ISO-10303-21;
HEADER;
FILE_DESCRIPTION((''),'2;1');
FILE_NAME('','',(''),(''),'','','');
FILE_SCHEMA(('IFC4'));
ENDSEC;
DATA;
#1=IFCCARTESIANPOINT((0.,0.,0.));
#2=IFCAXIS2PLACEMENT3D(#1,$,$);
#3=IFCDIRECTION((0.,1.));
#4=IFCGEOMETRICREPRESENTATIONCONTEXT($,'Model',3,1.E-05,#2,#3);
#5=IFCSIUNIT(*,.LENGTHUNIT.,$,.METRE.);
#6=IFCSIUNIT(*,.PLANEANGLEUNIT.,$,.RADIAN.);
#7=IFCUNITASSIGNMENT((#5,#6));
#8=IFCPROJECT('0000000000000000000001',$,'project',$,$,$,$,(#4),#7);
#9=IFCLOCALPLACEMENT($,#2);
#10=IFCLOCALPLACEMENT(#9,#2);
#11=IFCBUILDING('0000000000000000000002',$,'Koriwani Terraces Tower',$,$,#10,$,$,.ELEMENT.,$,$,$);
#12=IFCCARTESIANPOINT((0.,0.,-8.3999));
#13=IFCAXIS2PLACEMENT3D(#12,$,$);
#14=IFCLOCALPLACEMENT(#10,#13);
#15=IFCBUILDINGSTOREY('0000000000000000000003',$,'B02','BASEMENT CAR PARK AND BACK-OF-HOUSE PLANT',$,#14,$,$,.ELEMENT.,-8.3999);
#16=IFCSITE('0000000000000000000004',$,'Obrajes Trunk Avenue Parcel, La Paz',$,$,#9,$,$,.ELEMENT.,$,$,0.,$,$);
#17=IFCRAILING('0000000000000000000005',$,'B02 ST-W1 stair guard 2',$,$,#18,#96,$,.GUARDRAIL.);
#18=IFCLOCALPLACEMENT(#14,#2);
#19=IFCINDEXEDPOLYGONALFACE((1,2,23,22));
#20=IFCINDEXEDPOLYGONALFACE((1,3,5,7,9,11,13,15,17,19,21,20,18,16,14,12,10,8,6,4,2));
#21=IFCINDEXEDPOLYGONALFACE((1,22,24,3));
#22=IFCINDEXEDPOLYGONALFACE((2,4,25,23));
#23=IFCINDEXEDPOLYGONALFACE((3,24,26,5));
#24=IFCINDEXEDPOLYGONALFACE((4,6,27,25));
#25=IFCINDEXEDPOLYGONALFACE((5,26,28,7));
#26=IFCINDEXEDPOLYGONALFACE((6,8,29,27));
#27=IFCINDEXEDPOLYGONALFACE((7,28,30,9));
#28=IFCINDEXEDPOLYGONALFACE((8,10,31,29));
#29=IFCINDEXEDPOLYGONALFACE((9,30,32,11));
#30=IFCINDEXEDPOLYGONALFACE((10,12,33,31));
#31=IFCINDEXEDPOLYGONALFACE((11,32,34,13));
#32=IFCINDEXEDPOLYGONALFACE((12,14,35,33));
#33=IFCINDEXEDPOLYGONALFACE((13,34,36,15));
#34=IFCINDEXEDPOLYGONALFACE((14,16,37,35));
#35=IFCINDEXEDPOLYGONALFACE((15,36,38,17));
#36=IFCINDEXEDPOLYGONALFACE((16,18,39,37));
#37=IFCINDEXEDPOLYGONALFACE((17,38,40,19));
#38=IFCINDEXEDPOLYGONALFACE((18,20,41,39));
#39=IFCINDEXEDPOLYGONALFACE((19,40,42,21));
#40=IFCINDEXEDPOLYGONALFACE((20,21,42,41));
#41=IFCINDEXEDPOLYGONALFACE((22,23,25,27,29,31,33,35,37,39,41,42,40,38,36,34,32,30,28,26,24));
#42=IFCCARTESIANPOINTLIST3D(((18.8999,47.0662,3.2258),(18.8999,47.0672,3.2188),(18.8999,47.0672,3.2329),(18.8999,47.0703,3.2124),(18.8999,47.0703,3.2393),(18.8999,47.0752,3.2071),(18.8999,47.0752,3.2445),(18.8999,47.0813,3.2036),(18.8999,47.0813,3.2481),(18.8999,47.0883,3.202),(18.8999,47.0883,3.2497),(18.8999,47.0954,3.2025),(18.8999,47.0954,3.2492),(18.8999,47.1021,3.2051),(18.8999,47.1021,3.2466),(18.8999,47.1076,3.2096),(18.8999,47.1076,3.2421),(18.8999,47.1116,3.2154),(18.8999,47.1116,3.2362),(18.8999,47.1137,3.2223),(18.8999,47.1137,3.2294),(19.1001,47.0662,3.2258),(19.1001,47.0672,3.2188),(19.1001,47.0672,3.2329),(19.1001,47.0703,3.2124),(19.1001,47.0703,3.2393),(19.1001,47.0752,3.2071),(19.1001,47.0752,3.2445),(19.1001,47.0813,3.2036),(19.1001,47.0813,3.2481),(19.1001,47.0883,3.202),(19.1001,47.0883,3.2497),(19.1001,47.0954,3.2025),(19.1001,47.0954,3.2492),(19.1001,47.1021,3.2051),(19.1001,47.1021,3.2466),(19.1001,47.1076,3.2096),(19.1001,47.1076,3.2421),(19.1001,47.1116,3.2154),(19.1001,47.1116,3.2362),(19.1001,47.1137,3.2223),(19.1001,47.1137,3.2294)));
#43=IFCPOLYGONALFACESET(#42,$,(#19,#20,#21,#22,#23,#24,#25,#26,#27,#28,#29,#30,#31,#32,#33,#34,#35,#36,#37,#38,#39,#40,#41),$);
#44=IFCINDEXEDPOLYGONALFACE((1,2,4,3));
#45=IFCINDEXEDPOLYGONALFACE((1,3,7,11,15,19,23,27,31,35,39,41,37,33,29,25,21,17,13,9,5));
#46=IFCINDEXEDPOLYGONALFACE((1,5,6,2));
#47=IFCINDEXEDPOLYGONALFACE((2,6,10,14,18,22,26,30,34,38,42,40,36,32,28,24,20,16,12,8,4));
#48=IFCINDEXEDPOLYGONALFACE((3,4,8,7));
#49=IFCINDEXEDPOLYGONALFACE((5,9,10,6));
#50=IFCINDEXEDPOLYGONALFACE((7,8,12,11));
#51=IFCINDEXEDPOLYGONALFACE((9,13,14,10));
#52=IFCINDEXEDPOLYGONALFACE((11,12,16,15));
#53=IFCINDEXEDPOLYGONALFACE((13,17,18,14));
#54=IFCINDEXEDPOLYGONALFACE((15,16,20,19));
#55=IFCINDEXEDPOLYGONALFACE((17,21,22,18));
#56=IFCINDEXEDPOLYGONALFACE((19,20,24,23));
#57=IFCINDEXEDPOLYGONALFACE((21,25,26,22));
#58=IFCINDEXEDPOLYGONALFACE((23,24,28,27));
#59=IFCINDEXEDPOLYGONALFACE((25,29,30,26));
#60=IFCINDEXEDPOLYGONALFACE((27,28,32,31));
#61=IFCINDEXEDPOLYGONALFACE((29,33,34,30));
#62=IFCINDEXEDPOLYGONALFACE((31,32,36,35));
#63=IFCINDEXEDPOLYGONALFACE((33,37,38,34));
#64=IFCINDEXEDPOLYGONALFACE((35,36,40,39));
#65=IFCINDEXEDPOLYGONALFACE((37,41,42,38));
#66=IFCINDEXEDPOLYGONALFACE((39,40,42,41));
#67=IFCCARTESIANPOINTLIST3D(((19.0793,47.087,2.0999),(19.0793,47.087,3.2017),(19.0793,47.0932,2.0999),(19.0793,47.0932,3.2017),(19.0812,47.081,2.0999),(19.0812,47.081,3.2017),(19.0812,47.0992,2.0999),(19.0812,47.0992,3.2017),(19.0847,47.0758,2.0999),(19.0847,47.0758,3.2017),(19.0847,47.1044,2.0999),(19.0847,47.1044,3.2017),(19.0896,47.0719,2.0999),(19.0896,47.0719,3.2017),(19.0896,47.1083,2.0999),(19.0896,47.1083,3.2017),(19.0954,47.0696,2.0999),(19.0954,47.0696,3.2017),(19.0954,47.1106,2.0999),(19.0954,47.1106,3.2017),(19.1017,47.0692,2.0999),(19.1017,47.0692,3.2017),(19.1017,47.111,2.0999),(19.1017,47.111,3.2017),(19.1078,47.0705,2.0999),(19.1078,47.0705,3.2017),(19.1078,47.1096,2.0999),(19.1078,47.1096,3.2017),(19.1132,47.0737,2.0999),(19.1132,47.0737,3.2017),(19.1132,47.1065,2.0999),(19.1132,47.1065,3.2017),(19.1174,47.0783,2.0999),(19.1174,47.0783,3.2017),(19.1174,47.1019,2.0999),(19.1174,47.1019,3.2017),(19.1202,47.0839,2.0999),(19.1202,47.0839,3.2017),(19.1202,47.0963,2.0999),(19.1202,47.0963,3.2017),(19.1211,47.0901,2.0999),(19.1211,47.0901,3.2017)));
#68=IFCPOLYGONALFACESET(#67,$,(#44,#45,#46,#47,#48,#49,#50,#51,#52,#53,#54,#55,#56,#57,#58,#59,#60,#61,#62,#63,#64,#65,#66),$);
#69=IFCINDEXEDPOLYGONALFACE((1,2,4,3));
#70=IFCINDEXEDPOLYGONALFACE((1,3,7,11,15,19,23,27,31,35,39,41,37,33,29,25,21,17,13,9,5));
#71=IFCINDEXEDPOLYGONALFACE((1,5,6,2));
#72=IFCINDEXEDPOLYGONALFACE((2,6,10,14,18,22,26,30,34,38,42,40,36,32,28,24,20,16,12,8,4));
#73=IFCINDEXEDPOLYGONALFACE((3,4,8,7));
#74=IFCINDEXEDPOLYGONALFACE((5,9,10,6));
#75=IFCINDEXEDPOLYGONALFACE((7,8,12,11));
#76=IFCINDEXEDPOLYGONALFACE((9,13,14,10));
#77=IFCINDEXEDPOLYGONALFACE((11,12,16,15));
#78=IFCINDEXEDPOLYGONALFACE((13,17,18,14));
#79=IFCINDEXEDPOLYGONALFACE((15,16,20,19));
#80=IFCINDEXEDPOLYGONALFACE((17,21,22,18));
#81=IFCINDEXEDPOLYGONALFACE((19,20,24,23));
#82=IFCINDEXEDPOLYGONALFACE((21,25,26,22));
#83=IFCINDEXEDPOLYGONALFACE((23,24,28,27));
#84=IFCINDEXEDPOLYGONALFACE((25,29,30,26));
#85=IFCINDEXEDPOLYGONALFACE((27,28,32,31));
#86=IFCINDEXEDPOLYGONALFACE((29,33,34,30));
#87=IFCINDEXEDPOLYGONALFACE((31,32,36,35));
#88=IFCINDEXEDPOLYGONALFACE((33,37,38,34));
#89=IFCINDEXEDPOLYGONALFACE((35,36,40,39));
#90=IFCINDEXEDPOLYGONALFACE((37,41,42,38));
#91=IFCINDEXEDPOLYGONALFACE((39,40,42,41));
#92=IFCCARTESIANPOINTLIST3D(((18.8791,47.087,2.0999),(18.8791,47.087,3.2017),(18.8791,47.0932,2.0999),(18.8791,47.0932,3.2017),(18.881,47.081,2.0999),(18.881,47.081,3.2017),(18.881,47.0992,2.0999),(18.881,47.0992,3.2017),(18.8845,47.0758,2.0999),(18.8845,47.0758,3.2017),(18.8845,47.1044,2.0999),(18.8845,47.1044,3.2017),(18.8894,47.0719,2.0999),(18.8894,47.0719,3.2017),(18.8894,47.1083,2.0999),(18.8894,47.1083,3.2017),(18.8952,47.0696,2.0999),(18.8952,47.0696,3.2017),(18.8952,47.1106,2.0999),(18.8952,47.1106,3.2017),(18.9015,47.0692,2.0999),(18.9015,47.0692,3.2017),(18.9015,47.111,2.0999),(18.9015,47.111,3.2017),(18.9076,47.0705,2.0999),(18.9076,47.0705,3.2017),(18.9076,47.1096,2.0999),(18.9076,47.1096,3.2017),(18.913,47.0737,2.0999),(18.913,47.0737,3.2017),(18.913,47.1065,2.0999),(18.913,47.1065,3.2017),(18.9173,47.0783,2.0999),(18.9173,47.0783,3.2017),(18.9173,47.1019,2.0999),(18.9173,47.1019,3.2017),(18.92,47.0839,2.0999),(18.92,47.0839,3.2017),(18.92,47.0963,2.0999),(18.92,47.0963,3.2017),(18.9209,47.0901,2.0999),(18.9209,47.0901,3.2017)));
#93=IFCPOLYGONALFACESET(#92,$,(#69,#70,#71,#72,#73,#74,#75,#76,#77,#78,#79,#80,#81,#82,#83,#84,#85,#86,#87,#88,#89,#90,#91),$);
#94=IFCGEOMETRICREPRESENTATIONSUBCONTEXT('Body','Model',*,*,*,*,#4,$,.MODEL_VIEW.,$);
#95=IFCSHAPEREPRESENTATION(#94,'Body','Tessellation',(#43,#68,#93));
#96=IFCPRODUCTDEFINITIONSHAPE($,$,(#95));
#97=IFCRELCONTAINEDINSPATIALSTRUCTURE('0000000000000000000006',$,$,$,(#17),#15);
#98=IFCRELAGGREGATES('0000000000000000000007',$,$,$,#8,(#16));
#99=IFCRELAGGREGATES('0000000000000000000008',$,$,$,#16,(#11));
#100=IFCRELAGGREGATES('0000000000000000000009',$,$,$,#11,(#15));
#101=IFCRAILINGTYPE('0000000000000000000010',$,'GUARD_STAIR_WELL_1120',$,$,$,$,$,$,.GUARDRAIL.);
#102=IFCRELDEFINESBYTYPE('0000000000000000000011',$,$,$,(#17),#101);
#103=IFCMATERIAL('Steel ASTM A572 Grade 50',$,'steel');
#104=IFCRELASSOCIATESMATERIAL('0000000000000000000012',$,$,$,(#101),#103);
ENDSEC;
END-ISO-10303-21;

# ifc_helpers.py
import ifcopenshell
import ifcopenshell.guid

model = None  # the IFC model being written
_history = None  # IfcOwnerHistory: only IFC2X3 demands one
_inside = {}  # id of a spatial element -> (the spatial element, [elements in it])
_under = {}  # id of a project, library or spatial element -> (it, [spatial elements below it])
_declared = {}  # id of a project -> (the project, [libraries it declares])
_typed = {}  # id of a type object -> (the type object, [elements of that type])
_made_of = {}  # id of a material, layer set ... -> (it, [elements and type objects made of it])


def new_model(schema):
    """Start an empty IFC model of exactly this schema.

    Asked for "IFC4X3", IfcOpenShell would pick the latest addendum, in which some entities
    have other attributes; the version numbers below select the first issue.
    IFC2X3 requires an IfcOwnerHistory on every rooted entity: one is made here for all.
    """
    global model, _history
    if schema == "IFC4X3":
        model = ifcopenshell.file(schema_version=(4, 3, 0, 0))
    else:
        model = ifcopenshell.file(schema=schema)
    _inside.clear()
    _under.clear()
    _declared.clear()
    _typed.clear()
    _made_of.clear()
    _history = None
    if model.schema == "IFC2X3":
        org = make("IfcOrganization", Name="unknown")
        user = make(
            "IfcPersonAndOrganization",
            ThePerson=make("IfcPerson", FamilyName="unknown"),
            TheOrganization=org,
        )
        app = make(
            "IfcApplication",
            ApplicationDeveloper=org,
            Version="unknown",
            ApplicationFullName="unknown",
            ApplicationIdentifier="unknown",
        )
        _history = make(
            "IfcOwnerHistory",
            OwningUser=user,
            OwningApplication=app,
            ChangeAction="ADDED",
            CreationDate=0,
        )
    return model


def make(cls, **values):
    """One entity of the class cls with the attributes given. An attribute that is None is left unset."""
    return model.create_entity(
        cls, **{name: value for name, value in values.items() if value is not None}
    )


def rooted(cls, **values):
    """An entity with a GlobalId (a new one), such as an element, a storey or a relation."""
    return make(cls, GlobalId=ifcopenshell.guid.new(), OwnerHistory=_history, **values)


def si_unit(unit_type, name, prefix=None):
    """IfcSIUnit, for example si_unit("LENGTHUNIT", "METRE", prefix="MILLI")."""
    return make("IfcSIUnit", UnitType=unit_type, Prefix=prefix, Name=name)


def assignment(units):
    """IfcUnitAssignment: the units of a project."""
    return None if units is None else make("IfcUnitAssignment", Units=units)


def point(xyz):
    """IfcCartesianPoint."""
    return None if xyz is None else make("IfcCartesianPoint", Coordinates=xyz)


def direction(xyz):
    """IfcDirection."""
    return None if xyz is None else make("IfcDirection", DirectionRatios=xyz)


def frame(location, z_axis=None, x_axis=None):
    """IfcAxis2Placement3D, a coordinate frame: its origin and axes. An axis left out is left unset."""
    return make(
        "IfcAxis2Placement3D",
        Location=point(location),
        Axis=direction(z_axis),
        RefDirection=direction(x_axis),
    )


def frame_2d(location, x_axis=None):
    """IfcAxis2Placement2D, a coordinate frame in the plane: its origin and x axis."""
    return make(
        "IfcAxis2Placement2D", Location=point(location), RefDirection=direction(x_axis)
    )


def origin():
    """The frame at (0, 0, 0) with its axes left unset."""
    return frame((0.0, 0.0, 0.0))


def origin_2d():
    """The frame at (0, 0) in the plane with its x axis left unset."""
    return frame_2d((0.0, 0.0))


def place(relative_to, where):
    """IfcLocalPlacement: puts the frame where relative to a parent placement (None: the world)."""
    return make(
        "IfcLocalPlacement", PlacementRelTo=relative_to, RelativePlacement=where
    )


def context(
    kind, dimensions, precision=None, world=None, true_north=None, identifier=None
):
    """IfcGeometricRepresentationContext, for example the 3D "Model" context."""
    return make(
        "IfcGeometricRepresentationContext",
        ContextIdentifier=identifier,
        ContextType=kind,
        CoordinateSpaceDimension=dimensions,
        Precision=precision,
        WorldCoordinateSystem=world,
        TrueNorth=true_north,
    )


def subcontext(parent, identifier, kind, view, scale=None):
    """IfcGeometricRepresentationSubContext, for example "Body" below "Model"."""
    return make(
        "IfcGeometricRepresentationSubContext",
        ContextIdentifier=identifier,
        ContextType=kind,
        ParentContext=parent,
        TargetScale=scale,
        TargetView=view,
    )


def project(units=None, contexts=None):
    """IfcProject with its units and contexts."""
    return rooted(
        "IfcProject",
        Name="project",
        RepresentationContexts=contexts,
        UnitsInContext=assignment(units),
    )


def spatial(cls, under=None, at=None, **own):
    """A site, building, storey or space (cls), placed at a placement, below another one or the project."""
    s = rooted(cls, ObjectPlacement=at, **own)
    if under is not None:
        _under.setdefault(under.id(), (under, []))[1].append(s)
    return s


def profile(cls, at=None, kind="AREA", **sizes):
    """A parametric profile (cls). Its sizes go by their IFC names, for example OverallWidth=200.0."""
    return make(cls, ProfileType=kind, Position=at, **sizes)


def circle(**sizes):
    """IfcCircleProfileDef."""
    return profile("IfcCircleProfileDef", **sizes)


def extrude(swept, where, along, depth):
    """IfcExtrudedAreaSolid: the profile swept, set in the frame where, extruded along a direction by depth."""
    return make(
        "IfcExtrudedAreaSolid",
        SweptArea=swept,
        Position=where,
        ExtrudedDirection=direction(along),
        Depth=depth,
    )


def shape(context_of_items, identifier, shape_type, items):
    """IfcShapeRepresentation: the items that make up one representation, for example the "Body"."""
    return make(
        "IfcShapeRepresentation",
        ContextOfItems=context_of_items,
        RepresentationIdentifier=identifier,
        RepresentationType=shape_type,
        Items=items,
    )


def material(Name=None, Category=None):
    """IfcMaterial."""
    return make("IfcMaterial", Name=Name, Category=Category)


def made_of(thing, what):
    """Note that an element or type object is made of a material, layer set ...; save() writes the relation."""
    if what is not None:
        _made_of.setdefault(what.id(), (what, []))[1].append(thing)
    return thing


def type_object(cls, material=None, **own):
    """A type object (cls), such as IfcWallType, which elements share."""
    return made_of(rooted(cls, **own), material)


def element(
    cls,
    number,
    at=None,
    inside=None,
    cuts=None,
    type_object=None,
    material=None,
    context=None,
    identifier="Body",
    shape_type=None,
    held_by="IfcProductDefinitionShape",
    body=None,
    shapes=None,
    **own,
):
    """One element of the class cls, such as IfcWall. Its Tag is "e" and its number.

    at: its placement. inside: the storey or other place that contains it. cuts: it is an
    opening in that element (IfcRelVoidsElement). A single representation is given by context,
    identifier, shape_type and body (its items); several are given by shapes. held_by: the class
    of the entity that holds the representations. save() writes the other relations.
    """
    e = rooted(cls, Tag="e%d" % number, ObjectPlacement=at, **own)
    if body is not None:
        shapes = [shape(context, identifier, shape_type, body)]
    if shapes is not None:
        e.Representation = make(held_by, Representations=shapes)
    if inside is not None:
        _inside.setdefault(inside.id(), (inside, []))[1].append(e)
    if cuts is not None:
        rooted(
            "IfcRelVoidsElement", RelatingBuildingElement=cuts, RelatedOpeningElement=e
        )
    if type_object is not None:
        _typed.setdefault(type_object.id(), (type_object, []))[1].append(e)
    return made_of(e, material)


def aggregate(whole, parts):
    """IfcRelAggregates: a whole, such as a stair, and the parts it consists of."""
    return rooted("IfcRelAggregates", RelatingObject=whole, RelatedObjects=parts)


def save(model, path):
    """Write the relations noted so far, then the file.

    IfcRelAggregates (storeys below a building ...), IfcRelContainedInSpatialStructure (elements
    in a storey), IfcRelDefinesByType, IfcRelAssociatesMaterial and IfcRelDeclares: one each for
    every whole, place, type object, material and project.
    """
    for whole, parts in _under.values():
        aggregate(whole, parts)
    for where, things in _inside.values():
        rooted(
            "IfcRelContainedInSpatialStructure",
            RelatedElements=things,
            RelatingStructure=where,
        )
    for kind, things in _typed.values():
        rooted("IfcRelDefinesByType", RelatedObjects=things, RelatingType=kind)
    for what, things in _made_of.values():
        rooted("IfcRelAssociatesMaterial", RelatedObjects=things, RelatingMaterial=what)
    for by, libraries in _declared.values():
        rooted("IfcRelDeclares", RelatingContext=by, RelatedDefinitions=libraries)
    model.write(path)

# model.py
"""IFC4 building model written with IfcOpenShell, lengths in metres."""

from ifc_helpers import new_model, si_unit, direction, frame, origin, origin_2d, place, context, subcontext, project, spatial, circle, extrude, material, type_object, element, save


model = new_model("IFC4")

# Units and contexts
model_context = context("Model", 3, precision=1e-05, world=origin(), true_north=direction((0.0, 1.0)))
body_context = subcontext(model_context, "Body", "Model", "MODEL_VIEW")
ifc_project = project(units=[si_unit("LENGTHUNIT", "METRE"), si_unit("PLANEANGLEUNIT", "RADIAN")], contexts=[model_context])

# Site, building, storey
site_placement = place(None, origin())
site = spatial("IfcSite", under=ifc_project, at=site_placement, Name="Obrajes Trunk Avenue Parcel, La Paz", CompositionType="ELEMENT", RefElevation=0.0)
building_placement = place(site_placement, origin())
building = spatial("IfcBuilding", under=site, at=building_placement, Name="Koriwani Terraces Tower", CompositionType="ELEMENT")
storey_placement = place(building_placement, frame((0.0, 0.0, -8.3999)))
storey = spatial("IfcBuildingStorey", under=building, at=storey_placement, Name="B02", Description="BASEMENT CAR PARK AND BACK-OF-HOUSE PLANT", CompositionType="ELEMENT", Elevation=-8.3999)

# Shared definitions
ifc_material_1 = material(Name="Steel ASTM A572 Grade 50", Category="steel")

# Railing
railing_type_1 = type_object("IfcRailingType", Name="GUARD_STAIR_WELL_1120", PredefinedType="GUARDRAIL", material=ifc_material_1)
railing_1_placement = place(storey_placement, frame((19.1001, 47.0901, 2.0999)))
element("IfcRailing", 1, at=railing_1_placement, inside=storey, type_object=railing_type_1, Name="B02 ST-W1 stair guard 2", PredefinedType="GUARDRAIL", context=body_context, shape_type="SweptSolid", body=[
    extrude(circle(Radius=0.0239, at=origin_2d()), frame((0.0, 0.0, 1.126), z_axis=(-1.0, 0.0, 0.0), x_axis=(0.0, -1.0, 0.0)), (0.0, 0.0, 1.0), 0.2002),
    extrude(circle(Radius=0.021, at=origin_2d()), origin(), (0.0, 0.0, 1.0), 1.1018),
    extrude(circle(Radius=0.021, at=origin_2d()), frame((-0.2002, 0.0, 0.0)), (0.0, 0.0, 1.0), 1.1018),
])

save(model, "model.ifc")
